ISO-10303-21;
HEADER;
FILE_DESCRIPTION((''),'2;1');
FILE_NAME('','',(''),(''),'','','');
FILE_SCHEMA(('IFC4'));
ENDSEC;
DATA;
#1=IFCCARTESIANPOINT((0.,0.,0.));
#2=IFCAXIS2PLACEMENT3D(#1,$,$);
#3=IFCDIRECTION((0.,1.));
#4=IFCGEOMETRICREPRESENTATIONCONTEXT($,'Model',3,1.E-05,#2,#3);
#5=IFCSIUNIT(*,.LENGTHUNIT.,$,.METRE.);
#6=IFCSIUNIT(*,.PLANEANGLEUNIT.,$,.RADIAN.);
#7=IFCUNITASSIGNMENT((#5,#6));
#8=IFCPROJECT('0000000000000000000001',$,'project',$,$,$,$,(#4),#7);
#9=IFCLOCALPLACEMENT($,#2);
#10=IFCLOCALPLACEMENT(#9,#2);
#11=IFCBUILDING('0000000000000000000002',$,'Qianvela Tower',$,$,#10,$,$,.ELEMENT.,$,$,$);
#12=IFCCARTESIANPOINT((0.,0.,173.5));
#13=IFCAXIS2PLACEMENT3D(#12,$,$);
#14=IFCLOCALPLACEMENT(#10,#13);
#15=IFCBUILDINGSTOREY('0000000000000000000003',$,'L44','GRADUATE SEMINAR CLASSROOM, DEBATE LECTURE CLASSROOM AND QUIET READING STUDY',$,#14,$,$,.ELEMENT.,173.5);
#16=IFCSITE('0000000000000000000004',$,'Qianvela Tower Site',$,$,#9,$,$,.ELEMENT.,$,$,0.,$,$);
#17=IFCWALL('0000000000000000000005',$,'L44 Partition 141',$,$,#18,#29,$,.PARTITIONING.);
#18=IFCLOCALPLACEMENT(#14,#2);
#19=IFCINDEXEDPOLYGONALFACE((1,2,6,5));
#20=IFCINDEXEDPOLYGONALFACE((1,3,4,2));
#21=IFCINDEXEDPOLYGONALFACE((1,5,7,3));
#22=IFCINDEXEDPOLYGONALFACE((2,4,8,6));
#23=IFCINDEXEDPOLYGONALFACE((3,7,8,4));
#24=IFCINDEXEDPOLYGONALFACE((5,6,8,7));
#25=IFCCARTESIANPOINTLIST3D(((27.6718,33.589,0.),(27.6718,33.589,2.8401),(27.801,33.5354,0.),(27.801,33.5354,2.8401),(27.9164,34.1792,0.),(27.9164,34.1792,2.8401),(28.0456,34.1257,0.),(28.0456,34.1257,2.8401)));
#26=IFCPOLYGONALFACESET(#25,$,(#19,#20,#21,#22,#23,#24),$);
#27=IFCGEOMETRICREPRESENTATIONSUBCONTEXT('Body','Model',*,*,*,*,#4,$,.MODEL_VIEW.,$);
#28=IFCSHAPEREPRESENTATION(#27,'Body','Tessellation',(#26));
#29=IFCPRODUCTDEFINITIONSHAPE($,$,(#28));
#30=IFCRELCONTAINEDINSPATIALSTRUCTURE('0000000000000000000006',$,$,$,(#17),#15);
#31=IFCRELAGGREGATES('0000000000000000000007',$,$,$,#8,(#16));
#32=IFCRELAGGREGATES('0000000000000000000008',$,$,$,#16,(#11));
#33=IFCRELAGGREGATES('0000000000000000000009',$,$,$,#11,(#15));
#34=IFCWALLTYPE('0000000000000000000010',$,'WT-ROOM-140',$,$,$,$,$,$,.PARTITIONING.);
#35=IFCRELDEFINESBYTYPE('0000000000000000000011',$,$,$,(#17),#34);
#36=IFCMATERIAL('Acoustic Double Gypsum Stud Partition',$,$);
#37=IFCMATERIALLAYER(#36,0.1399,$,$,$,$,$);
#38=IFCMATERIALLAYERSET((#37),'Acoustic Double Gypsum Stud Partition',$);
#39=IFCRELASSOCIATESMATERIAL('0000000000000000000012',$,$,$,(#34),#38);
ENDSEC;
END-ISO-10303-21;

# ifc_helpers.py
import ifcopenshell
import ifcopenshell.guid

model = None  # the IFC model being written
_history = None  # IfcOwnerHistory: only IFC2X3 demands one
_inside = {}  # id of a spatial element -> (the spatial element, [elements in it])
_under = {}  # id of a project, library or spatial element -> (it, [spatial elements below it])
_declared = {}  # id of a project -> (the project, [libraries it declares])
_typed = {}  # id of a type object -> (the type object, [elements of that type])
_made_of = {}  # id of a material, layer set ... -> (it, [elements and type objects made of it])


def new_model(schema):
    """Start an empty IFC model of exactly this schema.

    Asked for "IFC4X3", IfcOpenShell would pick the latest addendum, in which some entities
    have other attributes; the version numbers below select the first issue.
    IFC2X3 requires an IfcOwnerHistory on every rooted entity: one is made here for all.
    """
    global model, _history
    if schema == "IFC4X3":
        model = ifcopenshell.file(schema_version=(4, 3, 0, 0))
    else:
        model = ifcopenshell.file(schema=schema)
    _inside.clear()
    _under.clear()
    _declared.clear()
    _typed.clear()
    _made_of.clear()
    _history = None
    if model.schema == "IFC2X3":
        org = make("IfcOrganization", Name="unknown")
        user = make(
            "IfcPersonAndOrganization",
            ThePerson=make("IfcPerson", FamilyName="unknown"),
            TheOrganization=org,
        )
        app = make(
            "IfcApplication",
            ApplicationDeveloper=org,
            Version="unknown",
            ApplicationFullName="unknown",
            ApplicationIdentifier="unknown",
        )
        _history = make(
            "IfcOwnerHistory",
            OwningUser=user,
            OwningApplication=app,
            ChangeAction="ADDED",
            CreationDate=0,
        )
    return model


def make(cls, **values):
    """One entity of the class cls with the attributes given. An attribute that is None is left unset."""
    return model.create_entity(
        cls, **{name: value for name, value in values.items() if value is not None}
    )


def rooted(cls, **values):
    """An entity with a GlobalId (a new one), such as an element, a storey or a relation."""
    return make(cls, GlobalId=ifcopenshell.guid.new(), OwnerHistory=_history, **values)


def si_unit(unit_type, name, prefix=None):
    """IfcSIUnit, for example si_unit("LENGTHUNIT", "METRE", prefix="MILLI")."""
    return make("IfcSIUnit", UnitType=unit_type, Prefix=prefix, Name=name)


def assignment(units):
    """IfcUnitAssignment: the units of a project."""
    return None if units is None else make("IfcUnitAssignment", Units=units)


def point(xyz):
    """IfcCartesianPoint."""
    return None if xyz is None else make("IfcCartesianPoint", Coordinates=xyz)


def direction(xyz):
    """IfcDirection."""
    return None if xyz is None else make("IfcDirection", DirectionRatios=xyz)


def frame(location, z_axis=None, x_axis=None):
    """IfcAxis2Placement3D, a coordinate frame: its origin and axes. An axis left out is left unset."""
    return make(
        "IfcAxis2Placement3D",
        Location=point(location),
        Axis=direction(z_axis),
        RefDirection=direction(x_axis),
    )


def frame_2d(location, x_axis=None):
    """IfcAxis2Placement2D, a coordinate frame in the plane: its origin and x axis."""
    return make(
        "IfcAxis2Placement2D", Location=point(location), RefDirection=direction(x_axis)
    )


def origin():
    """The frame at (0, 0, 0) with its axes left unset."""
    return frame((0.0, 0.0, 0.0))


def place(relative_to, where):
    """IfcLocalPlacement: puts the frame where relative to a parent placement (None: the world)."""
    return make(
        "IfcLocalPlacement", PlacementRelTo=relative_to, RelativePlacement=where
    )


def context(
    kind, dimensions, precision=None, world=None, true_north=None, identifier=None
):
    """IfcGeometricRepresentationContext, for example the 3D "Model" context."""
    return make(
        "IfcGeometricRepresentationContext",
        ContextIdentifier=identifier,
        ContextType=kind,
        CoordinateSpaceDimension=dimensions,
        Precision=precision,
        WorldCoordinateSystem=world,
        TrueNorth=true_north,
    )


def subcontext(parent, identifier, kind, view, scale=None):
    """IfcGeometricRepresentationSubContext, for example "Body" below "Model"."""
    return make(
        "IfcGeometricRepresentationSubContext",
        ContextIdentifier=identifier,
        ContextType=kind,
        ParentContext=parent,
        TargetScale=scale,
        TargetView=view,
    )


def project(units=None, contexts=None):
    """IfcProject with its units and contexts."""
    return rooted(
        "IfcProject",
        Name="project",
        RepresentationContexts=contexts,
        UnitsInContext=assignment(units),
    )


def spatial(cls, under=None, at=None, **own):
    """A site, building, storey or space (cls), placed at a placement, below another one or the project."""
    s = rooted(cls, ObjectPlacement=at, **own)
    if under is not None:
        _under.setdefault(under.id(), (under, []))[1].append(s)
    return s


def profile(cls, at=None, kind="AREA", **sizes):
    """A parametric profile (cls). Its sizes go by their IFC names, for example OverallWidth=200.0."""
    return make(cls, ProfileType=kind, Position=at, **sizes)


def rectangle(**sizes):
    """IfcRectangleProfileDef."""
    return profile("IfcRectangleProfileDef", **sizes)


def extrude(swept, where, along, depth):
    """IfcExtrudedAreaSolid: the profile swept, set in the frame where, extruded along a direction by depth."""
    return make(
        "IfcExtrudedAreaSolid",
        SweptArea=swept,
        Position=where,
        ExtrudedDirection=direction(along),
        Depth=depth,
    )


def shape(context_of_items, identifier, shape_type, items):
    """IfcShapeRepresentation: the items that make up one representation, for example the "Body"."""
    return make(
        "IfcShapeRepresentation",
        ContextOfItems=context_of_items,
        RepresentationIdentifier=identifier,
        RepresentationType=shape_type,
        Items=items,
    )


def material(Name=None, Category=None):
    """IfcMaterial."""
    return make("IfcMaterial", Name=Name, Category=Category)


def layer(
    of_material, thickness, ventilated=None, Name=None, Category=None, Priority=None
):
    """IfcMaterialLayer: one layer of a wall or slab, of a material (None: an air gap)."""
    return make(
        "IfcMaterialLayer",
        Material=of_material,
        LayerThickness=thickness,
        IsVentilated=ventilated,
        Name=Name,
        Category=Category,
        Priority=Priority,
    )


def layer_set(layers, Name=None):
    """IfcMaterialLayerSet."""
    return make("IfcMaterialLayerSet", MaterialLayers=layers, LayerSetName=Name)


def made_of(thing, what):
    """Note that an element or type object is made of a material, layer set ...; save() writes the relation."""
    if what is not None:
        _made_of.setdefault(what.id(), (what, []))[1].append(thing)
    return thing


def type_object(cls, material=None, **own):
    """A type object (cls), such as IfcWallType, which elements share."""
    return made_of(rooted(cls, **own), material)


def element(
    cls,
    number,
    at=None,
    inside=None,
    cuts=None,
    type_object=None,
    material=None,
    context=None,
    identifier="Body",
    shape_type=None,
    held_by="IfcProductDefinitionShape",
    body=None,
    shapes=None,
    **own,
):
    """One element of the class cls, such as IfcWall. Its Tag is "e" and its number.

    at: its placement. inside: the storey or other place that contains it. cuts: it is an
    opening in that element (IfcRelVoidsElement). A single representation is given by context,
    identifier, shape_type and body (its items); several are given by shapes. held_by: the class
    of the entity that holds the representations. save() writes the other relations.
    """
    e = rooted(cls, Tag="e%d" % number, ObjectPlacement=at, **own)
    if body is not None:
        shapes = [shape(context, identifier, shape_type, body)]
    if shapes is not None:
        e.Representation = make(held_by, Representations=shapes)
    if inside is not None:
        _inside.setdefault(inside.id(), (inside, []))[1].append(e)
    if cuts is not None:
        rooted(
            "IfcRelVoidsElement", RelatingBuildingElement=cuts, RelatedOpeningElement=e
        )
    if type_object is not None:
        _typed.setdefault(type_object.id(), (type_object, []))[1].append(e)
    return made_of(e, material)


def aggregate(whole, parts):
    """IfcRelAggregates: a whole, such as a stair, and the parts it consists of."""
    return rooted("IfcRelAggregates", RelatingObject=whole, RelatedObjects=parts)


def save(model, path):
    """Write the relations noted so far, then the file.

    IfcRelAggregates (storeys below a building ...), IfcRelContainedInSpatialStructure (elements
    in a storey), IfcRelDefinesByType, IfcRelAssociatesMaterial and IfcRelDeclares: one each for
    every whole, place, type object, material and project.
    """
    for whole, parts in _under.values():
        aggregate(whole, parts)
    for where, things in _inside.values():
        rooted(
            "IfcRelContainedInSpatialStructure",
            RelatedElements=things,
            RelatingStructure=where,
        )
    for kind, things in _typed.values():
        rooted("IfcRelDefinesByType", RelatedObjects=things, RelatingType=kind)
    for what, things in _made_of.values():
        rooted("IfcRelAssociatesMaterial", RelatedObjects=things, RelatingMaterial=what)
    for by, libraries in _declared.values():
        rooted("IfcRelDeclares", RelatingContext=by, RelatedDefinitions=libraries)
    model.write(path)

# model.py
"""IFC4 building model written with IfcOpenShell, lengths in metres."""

from ifc_helpers import new_model, si_unit, direction, frame, frame_2d, origin, place, context, subcontext, project, spatial, rectangle, extrude, material, layer, layer_set, type_object, element, save


model = new_model("IFC4")

# Units and contexts
model_context = context("Model", 3, precision=1e-05, world=origin(), true_north=direction((0.0, 1.0)))
body_context = subcontext(model_context, "Body", "Model", "MODEL_VIEW")
ifc_project = project(units=[si_unit("LENGTHUNIT", "METRE"), si_unit("PLANEANGLEUNIT", "RADIAN")], contexts=[model_context])

# Site, building, storey
site_placement = place(None, origin())
site = spatial("IfcSite", under=ifc_project, at=site_placement, Name="Qianvela Tower Site", CompositionType="ELEMENT", RefElevation=0.0)
building_placement = place(site_placement, origin())
building = spatial("IfcBuilding", under=site, at=building_placement, Name="Qianvela Tower", CompositionType="ELEMENT")
storey_placement = place(building_placement, frame((0.0, 0.0, 173.5)))
storey = spatial("IfcBuildingStorey", under=building, at=storey_placement, Name="L44", Description="GRADUATE SEMINAR CLASSROOM, DEBATE LECTURE CLASSROOM AND QUIET READING STUDY", CompositionType="ELEMENT", Elevation=173.5)

# Wall
ifc_material_1 = material(Name="Acoustic Double Gypsum Stud Partition")
ifc_layer_1 = layer(ifc_material_1, 0.1399)
ifc_layer_set_1 = layer_set([ifc_layer_1], Name="Acoustic Double Gypsum Stud Partition")
wall_type_1 = type_object("IfcWallType", Name="WT-ROOM-140", PredefinedType="PARTITIONING", material=ifc_layer_set_1)
wall_1_placement = place(storey_placement, frame((27.981, 34.1523, 0.0), z_axis=(0.0, 0.0, 1.0), x_axis=(-0.382824, -0.923821, 0.0)))
element("IfcWall", 1, at=wall_1_placement, inside=storey, type_object=wall_type_1, Name="L44 Partition 141", PredefinedType="PARTITIONING", context=body_context, shape_type="SweptSolid", body=[
    extrude(rectangle(XDim=0.6389, YDim=0.1399, at=frame_2d((0.3193, 0.0))), origin(), (0.0, 0.0, 1.0), 2.8401),
])

save(model, "model.ifc")
